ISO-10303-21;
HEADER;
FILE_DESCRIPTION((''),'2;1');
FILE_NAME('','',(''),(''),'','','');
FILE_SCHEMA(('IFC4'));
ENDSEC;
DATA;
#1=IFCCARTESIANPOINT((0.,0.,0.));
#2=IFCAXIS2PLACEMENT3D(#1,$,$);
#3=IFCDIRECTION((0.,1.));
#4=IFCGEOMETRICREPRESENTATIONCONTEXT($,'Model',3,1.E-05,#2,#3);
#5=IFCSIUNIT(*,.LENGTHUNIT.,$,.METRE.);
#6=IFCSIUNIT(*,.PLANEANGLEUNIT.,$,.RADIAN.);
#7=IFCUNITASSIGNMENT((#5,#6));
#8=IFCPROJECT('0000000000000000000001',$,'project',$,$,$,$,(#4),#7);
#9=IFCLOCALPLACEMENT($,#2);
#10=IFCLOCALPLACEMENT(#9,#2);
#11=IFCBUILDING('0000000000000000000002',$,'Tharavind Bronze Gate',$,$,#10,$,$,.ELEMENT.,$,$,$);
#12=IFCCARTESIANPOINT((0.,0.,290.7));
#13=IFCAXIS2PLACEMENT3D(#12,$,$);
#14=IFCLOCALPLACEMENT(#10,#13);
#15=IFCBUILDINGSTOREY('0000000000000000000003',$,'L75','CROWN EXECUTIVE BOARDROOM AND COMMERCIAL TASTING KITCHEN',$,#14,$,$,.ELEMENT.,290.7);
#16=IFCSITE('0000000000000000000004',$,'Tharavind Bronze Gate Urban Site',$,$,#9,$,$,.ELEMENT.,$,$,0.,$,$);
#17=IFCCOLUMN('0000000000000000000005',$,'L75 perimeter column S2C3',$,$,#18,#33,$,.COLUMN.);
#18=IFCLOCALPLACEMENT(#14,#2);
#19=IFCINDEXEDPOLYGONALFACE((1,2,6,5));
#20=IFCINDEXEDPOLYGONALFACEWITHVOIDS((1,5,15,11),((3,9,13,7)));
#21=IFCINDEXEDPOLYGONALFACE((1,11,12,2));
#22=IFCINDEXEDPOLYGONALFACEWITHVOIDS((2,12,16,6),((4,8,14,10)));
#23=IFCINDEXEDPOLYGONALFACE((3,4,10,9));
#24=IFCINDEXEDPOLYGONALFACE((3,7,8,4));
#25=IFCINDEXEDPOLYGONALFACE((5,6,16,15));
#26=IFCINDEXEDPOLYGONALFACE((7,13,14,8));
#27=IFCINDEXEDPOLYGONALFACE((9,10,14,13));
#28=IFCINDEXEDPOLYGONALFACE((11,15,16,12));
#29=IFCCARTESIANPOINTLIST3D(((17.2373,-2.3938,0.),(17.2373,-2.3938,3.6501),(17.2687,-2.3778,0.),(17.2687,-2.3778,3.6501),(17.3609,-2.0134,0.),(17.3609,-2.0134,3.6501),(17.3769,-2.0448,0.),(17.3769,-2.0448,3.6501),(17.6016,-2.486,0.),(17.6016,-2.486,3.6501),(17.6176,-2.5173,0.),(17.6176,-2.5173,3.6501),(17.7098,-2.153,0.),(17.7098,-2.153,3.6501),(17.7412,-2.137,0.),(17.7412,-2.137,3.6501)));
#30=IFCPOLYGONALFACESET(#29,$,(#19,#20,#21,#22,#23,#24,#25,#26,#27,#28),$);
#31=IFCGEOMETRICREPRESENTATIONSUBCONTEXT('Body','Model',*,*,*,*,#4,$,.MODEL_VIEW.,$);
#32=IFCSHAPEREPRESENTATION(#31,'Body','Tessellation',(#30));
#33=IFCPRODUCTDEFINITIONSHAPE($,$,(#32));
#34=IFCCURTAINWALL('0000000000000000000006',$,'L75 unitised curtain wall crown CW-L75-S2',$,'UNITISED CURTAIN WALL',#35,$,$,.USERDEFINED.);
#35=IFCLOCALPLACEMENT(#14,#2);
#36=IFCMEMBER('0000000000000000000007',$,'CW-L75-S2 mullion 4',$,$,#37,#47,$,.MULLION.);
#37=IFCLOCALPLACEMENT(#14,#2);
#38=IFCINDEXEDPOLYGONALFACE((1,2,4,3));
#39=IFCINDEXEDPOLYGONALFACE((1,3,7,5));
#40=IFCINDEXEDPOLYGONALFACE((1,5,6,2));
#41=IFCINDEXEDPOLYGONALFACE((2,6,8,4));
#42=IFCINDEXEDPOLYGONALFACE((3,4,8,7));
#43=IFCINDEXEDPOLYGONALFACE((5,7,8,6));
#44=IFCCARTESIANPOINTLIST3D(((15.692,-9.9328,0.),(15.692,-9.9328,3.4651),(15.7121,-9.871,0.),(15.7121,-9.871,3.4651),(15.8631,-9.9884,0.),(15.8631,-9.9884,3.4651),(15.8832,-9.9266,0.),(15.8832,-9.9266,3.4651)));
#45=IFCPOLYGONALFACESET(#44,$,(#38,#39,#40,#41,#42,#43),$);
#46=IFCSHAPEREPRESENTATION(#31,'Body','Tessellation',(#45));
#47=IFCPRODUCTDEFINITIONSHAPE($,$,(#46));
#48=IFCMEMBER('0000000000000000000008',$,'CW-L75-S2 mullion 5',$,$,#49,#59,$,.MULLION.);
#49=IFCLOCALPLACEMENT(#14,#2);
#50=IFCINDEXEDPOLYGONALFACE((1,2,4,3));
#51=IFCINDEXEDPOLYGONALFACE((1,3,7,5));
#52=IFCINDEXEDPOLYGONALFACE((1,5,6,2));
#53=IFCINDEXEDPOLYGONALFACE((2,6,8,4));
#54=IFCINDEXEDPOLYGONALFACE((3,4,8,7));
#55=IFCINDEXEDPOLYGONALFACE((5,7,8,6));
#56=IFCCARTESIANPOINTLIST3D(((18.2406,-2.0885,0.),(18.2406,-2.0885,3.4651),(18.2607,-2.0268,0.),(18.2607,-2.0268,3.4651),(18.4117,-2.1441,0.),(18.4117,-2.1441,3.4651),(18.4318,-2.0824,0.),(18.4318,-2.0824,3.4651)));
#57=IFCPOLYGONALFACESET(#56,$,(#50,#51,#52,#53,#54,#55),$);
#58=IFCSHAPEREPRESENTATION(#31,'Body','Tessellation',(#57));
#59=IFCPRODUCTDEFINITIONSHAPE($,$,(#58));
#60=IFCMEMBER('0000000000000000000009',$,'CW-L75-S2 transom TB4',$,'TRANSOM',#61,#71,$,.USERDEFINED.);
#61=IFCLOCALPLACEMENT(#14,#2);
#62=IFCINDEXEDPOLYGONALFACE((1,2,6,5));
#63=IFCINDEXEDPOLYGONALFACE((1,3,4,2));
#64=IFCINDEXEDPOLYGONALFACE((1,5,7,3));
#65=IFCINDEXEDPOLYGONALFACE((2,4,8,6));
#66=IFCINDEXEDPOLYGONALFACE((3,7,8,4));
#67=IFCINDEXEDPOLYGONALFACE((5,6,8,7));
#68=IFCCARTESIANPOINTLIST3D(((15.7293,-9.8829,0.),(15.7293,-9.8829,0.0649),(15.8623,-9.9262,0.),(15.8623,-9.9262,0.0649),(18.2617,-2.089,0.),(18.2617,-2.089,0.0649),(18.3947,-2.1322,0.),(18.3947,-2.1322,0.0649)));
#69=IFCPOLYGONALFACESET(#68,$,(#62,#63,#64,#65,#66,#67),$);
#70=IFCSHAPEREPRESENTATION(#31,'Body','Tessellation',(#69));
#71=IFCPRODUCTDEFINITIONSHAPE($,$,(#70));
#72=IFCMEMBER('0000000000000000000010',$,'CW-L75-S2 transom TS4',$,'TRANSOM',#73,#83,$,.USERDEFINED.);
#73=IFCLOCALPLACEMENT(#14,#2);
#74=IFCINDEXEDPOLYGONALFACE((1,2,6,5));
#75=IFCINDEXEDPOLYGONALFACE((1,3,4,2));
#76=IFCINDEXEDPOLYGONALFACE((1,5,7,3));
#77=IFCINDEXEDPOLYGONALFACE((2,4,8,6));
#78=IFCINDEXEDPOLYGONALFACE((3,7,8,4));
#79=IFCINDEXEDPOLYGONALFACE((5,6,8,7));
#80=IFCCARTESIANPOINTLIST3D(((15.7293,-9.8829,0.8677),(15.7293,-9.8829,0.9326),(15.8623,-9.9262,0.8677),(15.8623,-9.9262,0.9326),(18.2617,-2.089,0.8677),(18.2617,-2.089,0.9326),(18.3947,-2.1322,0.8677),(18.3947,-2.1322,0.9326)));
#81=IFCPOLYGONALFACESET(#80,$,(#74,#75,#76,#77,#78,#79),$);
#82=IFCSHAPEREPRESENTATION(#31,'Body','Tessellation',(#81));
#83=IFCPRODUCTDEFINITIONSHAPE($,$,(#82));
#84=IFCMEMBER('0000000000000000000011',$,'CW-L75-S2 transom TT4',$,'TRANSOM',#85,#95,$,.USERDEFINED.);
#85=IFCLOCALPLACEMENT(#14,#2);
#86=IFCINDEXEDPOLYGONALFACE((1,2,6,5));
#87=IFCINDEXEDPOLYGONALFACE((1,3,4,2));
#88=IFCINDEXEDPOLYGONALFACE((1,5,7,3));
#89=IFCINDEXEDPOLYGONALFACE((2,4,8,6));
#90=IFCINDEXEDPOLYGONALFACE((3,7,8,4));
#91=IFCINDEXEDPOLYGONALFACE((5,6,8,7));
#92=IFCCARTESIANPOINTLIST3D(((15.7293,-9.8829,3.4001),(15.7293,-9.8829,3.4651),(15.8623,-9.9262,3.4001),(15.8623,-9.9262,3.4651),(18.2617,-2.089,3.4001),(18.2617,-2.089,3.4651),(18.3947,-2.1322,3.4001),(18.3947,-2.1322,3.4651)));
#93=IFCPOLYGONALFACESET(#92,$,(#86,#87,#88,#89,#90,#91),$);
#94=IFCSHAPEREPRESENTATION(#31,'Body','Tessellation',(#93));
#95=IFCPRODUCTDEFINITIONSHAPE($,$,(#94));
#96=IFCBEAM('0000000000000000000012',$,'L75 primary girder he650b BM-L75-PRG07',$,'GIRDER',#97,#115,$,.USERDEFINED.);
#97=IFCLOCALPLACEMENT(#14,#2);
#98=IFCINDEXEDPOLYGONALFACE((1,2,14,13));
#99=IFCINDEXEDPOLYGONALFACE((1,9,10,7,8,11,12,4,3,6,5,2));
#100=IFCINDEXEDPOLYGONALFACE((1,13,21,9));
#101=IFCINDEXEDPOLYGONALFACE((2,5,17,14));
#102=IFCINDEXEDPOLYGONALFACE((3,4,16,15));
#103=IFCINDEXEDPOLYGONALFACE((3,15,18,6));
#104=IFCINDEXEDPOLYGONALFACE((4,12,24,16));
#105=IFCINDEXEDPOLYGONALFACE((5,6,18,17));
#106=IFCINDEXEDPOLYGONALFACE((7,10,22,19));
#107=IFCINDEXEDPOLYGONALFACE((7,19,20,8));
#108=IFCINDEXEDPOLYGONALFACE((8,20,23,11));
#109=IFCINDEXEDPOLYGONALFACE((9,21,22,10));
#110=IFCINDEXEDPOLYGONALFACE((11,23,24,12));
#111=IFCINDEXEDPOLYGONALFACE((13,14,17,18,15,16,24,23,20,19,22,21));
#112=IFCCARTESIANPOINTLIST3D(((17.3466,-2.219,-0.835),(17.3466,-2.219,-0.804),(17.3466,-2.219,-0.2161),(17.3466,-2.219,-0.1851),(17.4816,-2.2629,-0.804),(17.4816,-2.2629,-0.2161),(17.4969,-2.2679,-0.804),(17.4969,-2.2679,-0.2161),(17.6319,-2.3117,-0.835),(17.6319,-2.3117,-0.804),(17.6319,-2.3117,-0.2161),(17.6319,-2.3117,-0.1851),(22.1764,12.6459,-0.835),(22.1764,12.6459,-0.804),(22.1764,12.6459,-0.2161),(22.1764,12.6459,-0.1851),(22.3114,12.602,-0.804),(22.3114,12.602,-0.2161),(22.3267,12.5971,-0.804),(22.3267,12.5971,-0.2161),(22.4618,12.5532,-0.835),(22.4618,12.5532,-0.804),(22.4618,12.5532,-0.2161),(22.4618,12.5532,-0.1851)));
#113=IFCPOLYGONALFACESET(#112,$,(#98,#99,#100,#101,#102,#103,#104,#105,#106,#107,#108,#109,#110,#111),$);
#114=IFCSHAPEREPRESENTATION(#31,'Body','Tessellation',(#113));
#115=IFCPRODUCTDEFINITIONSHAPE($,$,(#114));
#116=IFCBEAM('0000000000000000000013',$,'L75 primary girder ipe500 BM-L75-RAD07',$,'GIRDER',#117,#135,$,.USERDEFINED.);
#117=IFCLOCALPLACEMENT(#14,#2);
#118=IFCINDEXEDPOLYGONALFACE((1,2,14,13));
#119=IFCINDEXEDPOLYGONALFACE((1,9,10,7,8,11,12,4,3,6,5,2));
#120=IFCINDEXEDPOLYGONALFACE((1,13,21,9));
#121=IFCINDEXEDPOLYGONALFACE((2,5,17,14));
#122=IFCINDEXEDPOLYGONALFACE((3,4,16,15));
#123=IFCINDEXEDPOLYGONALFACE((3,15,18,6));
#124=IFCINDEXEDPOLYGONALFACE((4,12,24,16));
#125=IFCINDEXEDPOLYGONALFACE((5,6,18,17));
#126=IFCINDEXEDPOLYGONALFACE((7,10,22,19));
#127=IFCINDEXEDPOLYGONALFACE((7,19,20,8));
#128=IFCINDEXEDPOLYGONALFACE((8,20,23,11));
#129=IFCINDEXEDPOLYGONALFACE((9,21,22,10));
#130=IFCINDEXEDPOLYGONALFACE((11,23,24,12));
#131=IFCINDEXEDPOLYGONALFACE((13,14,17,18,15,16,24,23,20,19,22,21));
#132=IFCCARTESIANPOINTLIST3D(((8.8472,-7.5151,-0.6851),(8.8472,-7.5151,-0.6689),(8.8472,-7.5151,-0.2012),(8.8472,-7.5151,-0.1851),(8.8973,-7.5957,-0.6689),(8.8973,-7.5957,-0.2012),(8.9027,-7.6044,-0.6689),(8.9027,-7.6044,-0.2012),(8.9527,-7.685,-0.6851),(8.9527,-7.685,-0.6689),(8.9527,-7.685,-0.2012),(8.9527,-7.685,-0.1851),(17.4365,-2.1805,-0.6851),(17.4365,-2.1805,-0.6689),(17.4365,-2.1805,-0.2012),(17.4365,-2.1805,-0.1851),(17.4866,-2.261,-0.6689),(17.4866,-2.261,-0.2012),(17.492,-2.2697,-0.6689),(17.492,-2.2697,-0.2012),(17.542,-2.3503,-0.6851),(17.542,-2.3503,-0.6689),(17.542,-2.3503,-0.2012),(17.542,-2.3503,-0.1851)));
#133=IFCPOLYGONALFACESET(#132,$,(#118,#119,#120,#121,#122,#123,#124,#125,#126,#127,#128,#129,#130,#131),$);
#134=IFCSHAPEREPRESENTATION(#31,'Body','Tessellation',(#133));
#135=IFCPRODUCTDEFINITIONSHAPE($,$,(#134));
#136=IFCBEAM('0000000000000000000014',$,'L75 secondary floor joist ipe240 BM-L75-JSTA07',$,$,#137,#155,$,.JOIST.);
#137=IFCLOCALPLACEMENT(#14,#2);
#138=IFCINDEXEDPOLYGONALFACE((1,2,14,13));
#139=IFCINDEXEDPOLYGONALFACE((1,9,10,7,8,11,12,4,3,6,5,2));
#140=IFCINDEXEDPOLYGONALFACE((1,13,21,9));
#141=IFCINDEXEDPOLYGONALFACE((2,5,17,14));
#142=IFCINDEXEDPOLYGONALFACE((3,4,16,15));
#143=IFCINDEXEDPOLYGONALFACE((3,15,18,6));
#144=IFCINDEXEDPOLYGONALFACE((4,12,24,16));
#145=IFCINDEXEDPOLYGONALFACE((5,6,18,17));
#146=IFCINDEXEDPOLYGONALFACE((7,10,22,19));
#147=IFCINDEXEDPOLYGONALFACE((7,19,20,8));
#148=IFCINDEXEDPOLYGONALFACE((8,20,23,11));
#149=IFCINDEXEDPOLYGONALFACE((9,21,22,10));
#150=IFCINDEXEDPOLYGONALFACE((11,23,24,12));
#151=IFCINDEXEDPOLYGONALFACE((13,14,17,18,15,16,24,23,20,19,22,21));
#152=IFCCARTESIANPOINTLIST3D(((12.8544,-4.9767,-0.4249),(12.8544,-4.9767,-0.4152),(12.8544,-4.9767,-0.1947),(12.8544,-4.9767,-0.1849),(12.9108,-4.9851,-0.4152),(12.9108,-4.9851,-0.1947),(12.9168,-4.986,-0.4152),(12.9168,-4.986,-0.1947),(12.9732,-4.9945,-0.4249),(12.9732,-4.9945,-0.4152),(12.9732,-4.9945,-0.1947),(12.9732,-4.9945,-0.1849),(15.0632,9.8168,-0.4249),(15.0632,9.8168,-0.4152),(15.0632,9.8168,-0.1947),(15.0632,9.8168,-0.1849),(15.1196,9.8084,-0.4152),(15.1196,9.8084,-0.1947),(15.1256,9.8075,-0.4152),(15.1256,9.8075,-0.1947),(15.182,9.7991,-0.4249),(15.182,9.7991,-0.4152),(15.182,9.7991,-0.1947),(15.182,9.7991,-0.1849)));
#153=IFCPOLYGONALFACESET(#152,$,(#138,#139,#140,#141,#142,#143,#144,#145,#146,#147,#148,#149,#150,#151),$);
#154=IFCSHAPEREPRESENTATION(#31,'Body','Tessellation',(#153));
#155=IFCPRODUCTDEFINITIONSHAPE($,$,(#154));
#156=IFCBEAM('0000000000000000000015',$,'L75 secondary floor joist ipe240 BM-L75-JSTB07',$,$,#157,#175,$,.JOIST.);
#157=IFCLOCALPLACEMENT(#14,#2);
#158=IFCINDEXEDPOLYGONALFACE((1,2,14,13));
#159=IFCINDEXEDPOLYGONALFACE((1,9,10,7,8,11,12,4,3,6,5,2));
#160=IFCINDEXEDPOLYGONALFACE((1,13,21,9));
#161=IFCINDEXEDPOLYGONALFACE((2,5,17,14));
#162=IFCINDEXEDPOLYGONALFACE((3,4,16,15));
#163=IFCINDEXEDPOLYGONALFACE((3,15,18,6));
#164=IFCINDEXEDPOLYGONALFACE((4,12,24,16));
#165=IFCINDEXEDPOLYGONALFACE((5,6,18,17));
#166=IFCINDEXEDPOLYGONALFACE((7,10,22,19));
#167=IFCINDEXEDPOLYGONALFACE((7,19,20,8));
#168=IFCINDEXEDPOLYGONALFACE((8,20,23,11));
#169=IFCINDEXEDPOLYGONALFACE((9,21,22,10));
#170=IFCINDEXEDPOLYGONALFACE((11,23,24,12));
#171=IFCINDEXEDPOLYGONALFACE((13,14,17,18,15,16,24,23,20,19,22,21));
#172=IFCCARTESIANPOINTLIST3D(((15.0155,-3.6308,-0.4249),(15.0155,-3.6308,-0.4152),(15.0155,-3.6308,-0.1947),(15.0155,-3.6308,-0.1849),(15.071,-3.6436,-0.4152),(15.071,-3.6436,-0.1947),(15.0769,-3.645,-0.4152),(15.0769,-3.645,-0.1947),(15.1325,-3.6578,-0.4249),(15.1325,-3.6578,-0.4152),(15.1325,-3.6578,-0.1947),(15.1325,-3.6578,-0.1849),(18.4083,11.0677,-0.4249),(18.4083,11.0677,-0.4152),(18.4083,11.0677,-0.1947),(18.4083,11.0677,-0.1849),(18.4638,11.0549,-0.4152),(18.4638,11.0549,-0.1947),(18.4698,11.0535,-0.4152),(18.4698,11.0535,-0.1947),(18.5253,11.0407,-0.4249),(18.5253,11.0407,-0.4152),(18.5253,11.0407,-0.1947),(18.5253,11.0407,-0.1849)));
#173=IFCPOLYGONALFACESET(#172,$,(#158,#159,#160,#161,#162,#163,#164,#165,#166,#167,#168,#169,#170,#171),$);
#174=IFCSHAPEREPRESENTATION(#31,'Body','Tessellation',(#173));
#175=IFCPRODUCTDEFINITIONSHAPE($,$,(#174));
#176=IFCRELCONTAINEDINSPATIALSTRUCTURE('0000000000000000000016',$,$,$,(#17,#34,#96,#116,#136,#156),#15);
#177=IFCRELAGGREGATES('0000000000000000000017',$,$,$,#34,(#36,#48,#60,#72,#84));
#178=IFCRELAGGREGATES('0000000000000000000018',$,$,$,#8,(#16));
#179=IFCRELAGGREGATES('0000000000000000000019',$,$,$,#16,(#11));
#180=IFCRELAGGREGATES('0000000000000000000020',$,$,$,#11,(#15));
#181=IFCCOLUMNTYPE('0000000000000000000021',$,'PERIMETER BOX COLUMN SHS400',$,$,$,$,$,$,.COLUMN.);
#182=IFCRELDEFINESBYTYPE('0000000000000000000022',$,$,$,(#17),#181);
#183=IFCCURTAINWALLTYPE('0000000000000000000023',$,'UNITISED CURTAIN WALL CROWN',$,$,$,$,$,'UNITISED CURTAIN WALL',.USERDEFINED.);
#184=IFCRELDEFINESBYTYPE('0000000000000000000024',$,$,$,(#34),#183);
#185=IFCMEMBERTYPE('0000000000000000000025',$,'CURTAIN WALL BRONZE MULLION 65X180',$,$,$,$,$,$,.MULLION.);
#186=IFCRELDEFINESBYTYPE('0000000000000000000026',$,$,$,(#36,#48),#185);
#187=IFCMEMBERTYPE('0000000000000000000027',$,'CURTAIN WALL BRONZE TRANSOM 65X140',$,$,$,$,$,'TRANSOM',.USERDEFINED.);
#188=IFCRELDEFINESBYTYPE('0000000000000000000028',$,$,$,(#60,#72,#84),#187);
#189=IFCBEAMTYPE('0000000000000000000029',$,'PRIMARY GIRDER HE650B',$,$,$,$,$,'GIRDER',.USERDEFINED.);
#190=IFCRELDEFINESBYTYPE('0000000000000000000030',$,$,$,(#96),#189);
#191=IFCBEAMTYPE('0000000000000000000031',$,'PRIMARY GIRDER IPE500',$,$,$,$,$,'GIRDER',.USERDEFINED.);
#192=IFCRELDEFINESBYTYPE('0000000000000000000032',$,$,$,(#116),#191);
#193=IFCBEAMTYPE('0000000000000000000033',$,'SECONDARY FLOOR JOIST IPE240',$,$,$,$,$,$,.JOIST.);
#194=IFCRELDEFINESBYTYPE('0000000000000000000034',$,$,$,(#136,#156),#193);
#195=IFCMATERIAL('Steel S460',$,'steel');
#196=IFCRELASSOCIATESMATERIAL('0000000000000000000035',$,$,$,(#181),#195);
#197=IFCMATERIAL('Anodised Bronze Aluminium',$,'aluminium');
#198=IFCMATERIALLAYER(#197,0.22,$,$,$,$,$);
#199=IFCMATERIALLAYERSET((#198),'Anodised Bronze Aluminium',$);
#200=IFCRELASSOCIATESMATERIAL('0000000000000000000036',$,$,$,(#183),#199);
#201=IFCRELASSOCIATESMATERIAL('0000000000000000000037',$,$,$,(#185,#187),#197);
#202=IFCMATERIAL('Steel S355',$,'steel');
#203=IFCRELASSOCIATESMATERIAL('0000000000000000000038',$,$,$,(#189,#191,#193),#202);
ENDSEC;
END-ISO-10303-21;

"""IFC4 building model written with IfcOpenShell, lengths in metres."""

from ifc_helpers import new_model, si_unit, direction, frame, origin, origin_2d, place, context, subcontext, project, spatial, rectangle, hollow_rectangle, i_section, extrude, material, layer, layer_set, material_profile, profile_set, type_object, element, aggregate, save


model = new_model("IFC4")

# Units and contexts
model_context = context("Model", 3, precision=1e-05, world=origin(), true_north=direction((0.0, 1.0)))
body_context = subcontext(model_context, "Body", "Model", "MODEL_VIEW")
ifc_project = project(units=[si_unit("LENGTHUNIT", "METRE"), si_unit("PLANEANGLEUNIT", "RADIAN")], contexts=[model_context])

# Site, building, storey
site_placement = place(None, origin())
site = spatial("IfcSite", under=ifc_project, at=site_placement, Name="Tharavind Bronze Gate Urban Site", CompositionType="ELEMENT", RefElevation=0.0)
building_placement = place(site_placement, origin())
building = spatial("IfcBuilding", under=site, at=building_placement, Name="Tharavind Bronze Gate", CompositionType="ELEMENT")
storey_placement = place(building_placement, frame((0.0, 0.0, 290.7)))
storey = spatial("IfcBuildingStorey", under=building, at=storey_placement, Name="L75", Description="CROWN EXECUTIVE BOARDROOM AND COMMERCIAL TASTING KITCHEN", CompositionType="ELEMENT", Elevation=290.7)

# Column
ifc_material_1 = material(Name="Steel S460", Category="steel")
ifc_material_profile_1 = material_profile(ifc_material_1, hollow_rectangle(XDim=0.3999, YDim=0.3999, WallThickness=0.0249, at=origin_2d()), Name="SHS400X25")
ifc_profile_set_1 = profile_set([ifc_material_profile_1], Name="Steel S460")
column_type = type_object("IfcColumnType", Name="PERIMETER BOX COLUMN SHS400", PredefinedType="COLUMN", material=ifc_profile_set_1)
column_placement = place(storey_placement, frame((17.4893, -2.2654, 0.0), z_axis=(0.0, 0.0, 1.0), x_axis=(0.309019, 0.951056, 0.0)))
element("IfcColumn", 1, at=column_placement, inside=storey, type_object=column_type, Name="L75 perimeter column S2C3", PredefinedType="COLUMN", context=body_context, shape_type="SweptSolid", body=[
    extrude(hollow_rectangle(XDim=0.3999, YDim=0.3999, WallThickness=0.0249, at=origin_2d()), origin(), (0.0, 0.0, 1.0), 3.6501),
])

# Curtain wall, members
ifc_material_2 = material(Name="Anodised Bronze Aluminium", Category="aluminium")
ifc_layer_1 = layer(ifc_material_2, 0.22)
ifc_layer_set_1 = layer_set([ifc_layer_1], Name="Anodised Bronze Aluminium")
curtain_wall_type = type_object("IfcCurtainWallType", Name="UNITISED CURTAIN WALL CROWN", ElementType="UNITISED CURTAIN WALL", PredefinedType="USERDEFINED", material=ifc_layer_set_1)
curtain_wall_placement = place(storey_placement, origin())
curtain_wall = element("IfcCurtainWall", 2, at=curtain_wall_placement, inside=storey, type_object=curtain_wall_type, Name="L75 unitised curtain wall crown CW-L75-S2", ObjectType="UNITISED CURTAIN WALL", PredefinedType="USERDEFINED")
member_type_1 = type_object("IfcMemberType", Name="CURTAIN WALL BRONZE MULLION 65X180", PredefinedType="MULLION", material=ifc_material_2)
member_1_placement = place(storey_placement, frame((15.7876, -9.9297, 0.0), z_axis=(0.0, 0.0, 1.0), x_axis=(0.309017, 0.951057, 0.0)))
member_1 = element("IfcMember", 3, at=member_1_placement, type_object=member_type_1, Name="CW-L75-S2 mullion 4", PredefinedType="MULLION", context=body_context, shape_type="SweptSolid", body=[
    extrude(rectangle(XDim=0.0649, YDim=0.1799, at=origin_2d()), origin(), (0.0, 0.0, 1.0), 3.4651),
])
member_2_placement = place(storey_placement, frame((18.3362, -2.0854, 0.0), z_axis=(0.0, 0.0, 1.0), x_axis=(0.309017, 0.951057, 0.0)))
member_2 = element("IfcMember", 4, at=member_2_placement, type_object=member_type_1, Name="CW-L75-S2 mullion 5", PredefinedType="MULLION", context=body_context, shape_type="SweptSolid", body=[
    extrude(rectangle(XDim=0.0649, YDim=0.1799, at=origin_2d()), origin(), (0.0, 0.0, 1.0), 3.4651),
])
member_type_2 = type_object("IfcMemberType", Name="CURTAIN WALL BRONZE TRANSOM 65X140", ElementType="TRANSOM", PredefinedType="USERDEFINED", material=ifc_material_2)
member_3_placement = place(storey_placement, frame((17.062, -6.0076, 0.0), z_axis=(0.0, 0.0, 1.0), x_axis=(0.309017, 0.951057, 0.0)))
member_3 = element("IfcMember", 5, at=member_3_placement, type_object=member_type_2, Name="CW-L75-S2 transom TB4", ObjectType="TRANSOM", PredefinedType="USERDEFINED", context=body_context, shape_type="SweptSolid", body=[
    extrude(rectangle(XDim=8.1951, YDim=0.1399, at=origin_2d()), origin(), (0.0, 0.0, 1.0), 0.0649),
])
member_4_placement = place(storey_placement, frame((17.062, -6.0076, 0.8677), z_axis=(0.0, 0.0, 1.0), x_axis=(0.309017, 0.951057, 0.0)))
member_4 = element("IfcMember", 6, at=member_4_placement, type_object=member_type_2, Name="CW-L75-S2 transom TS4", ObjectType="TRANSOM", PredefinedType="USERDEFINED", context=body_context, shape_type="SweptSolid", body=[
    extrude(rectangle(XDim=8.1951, YDim=0.1399, at=origin_2d()), origin(), (0.0, 0.0, 1.0), 0.0649),
])
member_5_placement = place(storey_placement, frame((17.062, -6.0076, 3.4001), z_axis=(0.0, 0.0, 1.0), x_axis=(0.309017, 0.951057, 0.0)))
member_5 = element("IfcMember", 7, at=member_5_placement, type_object=member_type_2, Name="CW-L75-S2 transom TT4", ObjectType="TRANSOM", PredefinedType="USERDEFINED", context=body_context, shape_type="SweptSolid", body=[
    extrude(rectangle(XDim=8.1951, YDim=0.1399, at=origin_2d()), origin(), (0.0, 0.0, 1.0), 0.0649),
])

# Beams
ifc_material_3 = material(Name="Steel S355", Category="steel")
ifc_material_profile_2 = material_profile(ifc_material_3, i_section(OverallWidth=0.3, OverallDepth=0.6499, WebThickness=0.0161, FlangeThickness=0.031, at=origin_2d()), Name="HE650B")
ifc_profile_set_2 = profile_set([ifc_material_profile_2], Name="Steel S355")
beam_type_1 = type_object("IfcBeamType", Name="PRIMARY GIRDER HE650B", ElementType="GIRDER", PredefinedType="USERDEFINED", material=ifc_profile_set_2)
beam_1_placement = place(storey_placement, frame((17.4893, -2.2654, -0.51), z_axis=(0.309012, 0.951058, 0.0), x_axis=(-0.951058, 0.309012, 0.0)))
element("IfcBeam", 8, at=beam_1_placement, inside=storey, type_object=beam_type_1, Name="L75 primary girder he650b BM-L75-PRG07", ObjectType="GIRDER", PredefinedType="USERDEFINED", context=body_context, shape_type="SweptSolid", body=[
    extrude(i_section(OverallWidth=0.3, OverallDepth=0.6499, WebThickness=0.0161, FlangeThickness=0.031, at=origin_2d()), origin(), (0.0, 0.0, 1.0), 15.6299),
])
ifc_material_profile_3 = material_profile(ifc_material_3, i_section(OverallWidth=0.2, OverallDepth=0.5, WebThickness=0.0103, FlangeThickness=0.0161, at=origin_2d()), Name="IPE500")
ifc_profile_set_3 = profile_set([ifc_material_profile_3], Name="Steel S355")
beam_type_2 = type_object("IfcBeamType", Name="PRIMARY GIRDER IPE500", ElementType="GIRDER", PredefinedType="USERDEFINED", material=ifc_profile_set_3)
beam_2_placement = place(storey_placement, frame((17.4893, -2.2654, -0.4351), z_axis=(-0.84949, -0.527605, 0.0), x_axis=(0.527605, -0.84949, 0.0)))
element("IfcBeam", 9, at=beam_2_placement, inside=storey, type_object=beam_type_2, Name="L75 primary girder ipe500 BM-L75-RAD07", ObjectType="GIRDER", PredefinedType="USERDEFINED", context=body_context, shape_type="SweptSolid", body=[
    extrude(i_section(OverallWidth=0.2, OverallDepth=0.5, WebThickness=0.0103, FlangeThickness=0.0161, at=origin_2d()), origin(), (0.0, 0.0, 1.0), 10.1111),
])
ifc_material_profile_4 = material_profile(ifc_material_3, i_section(OverallWidth=0.1201, OverallDepth=0.24, WebThickness=0.0061, FlangeThickness=0.0098, at=origin_2d()), Name="IPE240")
ifc_profile_set_4 = profile_set([ifc_material_profile_4], Name="Steel S355")
beam_type_3 = type_object("IfcBeamType", Name="SECONDARY FLOOR JOIST IPE240", PredefinedType="JOIST", material=ifc_profile_set_4)
beam_3_placement = place(storey_placement, frame((12.9138, -4.9856, -0.3049), z_axis=(0.147668, 0.989037, 0.0), x_axis=(-0.989037, 0.147668, 0.0)))
element("IfcBeam", 10, at=beam_3_placement, inside=storey, type_object=beam_type_3, Name="L75 secondary floor joist ipe240 BM-L75-JSTA07", PredefinedType="JOIST", context=body_context, shape_type="SweptSolid", body=[
    extrude(i_section(OverallWidth=0.1201, OverallDepth=0.24, WebThickness=0.0061, FlangeThickness=0.0098, at=origin_2d()), origin(), (0.0, 0.0, 1.0), 14.9575),
])
beam_4_placement = place(storey_placement, frame((15.074, -3.6443, -0.3049), z_axis=(0.224914, 0.974379, 0.0), x_axis=(-0.974379, 0.224914, 0.0)))
element("IfcBeam", 11, at=beam_4_placement, inside=storey, type_object=beam_type_3, Name="L75 secondary floor joist ipe240 BM-L75-JSTB07", PredefinedType="JOIST", context=body_context, shape_type="SweptSolid", body=[
    extrude(i_section(OverallWidth=0.1201, OverallDepth=0.24, WebThickness=0.0061, FlangeThickness=0.0098, at=origin_2d()), origin(), (0.0, 0.0, 1.0), 15.085),
])

aggregate(curtain_wall, [member_1, member_2, member_3, member_4, member_5])

save(model, "model.ifc")
